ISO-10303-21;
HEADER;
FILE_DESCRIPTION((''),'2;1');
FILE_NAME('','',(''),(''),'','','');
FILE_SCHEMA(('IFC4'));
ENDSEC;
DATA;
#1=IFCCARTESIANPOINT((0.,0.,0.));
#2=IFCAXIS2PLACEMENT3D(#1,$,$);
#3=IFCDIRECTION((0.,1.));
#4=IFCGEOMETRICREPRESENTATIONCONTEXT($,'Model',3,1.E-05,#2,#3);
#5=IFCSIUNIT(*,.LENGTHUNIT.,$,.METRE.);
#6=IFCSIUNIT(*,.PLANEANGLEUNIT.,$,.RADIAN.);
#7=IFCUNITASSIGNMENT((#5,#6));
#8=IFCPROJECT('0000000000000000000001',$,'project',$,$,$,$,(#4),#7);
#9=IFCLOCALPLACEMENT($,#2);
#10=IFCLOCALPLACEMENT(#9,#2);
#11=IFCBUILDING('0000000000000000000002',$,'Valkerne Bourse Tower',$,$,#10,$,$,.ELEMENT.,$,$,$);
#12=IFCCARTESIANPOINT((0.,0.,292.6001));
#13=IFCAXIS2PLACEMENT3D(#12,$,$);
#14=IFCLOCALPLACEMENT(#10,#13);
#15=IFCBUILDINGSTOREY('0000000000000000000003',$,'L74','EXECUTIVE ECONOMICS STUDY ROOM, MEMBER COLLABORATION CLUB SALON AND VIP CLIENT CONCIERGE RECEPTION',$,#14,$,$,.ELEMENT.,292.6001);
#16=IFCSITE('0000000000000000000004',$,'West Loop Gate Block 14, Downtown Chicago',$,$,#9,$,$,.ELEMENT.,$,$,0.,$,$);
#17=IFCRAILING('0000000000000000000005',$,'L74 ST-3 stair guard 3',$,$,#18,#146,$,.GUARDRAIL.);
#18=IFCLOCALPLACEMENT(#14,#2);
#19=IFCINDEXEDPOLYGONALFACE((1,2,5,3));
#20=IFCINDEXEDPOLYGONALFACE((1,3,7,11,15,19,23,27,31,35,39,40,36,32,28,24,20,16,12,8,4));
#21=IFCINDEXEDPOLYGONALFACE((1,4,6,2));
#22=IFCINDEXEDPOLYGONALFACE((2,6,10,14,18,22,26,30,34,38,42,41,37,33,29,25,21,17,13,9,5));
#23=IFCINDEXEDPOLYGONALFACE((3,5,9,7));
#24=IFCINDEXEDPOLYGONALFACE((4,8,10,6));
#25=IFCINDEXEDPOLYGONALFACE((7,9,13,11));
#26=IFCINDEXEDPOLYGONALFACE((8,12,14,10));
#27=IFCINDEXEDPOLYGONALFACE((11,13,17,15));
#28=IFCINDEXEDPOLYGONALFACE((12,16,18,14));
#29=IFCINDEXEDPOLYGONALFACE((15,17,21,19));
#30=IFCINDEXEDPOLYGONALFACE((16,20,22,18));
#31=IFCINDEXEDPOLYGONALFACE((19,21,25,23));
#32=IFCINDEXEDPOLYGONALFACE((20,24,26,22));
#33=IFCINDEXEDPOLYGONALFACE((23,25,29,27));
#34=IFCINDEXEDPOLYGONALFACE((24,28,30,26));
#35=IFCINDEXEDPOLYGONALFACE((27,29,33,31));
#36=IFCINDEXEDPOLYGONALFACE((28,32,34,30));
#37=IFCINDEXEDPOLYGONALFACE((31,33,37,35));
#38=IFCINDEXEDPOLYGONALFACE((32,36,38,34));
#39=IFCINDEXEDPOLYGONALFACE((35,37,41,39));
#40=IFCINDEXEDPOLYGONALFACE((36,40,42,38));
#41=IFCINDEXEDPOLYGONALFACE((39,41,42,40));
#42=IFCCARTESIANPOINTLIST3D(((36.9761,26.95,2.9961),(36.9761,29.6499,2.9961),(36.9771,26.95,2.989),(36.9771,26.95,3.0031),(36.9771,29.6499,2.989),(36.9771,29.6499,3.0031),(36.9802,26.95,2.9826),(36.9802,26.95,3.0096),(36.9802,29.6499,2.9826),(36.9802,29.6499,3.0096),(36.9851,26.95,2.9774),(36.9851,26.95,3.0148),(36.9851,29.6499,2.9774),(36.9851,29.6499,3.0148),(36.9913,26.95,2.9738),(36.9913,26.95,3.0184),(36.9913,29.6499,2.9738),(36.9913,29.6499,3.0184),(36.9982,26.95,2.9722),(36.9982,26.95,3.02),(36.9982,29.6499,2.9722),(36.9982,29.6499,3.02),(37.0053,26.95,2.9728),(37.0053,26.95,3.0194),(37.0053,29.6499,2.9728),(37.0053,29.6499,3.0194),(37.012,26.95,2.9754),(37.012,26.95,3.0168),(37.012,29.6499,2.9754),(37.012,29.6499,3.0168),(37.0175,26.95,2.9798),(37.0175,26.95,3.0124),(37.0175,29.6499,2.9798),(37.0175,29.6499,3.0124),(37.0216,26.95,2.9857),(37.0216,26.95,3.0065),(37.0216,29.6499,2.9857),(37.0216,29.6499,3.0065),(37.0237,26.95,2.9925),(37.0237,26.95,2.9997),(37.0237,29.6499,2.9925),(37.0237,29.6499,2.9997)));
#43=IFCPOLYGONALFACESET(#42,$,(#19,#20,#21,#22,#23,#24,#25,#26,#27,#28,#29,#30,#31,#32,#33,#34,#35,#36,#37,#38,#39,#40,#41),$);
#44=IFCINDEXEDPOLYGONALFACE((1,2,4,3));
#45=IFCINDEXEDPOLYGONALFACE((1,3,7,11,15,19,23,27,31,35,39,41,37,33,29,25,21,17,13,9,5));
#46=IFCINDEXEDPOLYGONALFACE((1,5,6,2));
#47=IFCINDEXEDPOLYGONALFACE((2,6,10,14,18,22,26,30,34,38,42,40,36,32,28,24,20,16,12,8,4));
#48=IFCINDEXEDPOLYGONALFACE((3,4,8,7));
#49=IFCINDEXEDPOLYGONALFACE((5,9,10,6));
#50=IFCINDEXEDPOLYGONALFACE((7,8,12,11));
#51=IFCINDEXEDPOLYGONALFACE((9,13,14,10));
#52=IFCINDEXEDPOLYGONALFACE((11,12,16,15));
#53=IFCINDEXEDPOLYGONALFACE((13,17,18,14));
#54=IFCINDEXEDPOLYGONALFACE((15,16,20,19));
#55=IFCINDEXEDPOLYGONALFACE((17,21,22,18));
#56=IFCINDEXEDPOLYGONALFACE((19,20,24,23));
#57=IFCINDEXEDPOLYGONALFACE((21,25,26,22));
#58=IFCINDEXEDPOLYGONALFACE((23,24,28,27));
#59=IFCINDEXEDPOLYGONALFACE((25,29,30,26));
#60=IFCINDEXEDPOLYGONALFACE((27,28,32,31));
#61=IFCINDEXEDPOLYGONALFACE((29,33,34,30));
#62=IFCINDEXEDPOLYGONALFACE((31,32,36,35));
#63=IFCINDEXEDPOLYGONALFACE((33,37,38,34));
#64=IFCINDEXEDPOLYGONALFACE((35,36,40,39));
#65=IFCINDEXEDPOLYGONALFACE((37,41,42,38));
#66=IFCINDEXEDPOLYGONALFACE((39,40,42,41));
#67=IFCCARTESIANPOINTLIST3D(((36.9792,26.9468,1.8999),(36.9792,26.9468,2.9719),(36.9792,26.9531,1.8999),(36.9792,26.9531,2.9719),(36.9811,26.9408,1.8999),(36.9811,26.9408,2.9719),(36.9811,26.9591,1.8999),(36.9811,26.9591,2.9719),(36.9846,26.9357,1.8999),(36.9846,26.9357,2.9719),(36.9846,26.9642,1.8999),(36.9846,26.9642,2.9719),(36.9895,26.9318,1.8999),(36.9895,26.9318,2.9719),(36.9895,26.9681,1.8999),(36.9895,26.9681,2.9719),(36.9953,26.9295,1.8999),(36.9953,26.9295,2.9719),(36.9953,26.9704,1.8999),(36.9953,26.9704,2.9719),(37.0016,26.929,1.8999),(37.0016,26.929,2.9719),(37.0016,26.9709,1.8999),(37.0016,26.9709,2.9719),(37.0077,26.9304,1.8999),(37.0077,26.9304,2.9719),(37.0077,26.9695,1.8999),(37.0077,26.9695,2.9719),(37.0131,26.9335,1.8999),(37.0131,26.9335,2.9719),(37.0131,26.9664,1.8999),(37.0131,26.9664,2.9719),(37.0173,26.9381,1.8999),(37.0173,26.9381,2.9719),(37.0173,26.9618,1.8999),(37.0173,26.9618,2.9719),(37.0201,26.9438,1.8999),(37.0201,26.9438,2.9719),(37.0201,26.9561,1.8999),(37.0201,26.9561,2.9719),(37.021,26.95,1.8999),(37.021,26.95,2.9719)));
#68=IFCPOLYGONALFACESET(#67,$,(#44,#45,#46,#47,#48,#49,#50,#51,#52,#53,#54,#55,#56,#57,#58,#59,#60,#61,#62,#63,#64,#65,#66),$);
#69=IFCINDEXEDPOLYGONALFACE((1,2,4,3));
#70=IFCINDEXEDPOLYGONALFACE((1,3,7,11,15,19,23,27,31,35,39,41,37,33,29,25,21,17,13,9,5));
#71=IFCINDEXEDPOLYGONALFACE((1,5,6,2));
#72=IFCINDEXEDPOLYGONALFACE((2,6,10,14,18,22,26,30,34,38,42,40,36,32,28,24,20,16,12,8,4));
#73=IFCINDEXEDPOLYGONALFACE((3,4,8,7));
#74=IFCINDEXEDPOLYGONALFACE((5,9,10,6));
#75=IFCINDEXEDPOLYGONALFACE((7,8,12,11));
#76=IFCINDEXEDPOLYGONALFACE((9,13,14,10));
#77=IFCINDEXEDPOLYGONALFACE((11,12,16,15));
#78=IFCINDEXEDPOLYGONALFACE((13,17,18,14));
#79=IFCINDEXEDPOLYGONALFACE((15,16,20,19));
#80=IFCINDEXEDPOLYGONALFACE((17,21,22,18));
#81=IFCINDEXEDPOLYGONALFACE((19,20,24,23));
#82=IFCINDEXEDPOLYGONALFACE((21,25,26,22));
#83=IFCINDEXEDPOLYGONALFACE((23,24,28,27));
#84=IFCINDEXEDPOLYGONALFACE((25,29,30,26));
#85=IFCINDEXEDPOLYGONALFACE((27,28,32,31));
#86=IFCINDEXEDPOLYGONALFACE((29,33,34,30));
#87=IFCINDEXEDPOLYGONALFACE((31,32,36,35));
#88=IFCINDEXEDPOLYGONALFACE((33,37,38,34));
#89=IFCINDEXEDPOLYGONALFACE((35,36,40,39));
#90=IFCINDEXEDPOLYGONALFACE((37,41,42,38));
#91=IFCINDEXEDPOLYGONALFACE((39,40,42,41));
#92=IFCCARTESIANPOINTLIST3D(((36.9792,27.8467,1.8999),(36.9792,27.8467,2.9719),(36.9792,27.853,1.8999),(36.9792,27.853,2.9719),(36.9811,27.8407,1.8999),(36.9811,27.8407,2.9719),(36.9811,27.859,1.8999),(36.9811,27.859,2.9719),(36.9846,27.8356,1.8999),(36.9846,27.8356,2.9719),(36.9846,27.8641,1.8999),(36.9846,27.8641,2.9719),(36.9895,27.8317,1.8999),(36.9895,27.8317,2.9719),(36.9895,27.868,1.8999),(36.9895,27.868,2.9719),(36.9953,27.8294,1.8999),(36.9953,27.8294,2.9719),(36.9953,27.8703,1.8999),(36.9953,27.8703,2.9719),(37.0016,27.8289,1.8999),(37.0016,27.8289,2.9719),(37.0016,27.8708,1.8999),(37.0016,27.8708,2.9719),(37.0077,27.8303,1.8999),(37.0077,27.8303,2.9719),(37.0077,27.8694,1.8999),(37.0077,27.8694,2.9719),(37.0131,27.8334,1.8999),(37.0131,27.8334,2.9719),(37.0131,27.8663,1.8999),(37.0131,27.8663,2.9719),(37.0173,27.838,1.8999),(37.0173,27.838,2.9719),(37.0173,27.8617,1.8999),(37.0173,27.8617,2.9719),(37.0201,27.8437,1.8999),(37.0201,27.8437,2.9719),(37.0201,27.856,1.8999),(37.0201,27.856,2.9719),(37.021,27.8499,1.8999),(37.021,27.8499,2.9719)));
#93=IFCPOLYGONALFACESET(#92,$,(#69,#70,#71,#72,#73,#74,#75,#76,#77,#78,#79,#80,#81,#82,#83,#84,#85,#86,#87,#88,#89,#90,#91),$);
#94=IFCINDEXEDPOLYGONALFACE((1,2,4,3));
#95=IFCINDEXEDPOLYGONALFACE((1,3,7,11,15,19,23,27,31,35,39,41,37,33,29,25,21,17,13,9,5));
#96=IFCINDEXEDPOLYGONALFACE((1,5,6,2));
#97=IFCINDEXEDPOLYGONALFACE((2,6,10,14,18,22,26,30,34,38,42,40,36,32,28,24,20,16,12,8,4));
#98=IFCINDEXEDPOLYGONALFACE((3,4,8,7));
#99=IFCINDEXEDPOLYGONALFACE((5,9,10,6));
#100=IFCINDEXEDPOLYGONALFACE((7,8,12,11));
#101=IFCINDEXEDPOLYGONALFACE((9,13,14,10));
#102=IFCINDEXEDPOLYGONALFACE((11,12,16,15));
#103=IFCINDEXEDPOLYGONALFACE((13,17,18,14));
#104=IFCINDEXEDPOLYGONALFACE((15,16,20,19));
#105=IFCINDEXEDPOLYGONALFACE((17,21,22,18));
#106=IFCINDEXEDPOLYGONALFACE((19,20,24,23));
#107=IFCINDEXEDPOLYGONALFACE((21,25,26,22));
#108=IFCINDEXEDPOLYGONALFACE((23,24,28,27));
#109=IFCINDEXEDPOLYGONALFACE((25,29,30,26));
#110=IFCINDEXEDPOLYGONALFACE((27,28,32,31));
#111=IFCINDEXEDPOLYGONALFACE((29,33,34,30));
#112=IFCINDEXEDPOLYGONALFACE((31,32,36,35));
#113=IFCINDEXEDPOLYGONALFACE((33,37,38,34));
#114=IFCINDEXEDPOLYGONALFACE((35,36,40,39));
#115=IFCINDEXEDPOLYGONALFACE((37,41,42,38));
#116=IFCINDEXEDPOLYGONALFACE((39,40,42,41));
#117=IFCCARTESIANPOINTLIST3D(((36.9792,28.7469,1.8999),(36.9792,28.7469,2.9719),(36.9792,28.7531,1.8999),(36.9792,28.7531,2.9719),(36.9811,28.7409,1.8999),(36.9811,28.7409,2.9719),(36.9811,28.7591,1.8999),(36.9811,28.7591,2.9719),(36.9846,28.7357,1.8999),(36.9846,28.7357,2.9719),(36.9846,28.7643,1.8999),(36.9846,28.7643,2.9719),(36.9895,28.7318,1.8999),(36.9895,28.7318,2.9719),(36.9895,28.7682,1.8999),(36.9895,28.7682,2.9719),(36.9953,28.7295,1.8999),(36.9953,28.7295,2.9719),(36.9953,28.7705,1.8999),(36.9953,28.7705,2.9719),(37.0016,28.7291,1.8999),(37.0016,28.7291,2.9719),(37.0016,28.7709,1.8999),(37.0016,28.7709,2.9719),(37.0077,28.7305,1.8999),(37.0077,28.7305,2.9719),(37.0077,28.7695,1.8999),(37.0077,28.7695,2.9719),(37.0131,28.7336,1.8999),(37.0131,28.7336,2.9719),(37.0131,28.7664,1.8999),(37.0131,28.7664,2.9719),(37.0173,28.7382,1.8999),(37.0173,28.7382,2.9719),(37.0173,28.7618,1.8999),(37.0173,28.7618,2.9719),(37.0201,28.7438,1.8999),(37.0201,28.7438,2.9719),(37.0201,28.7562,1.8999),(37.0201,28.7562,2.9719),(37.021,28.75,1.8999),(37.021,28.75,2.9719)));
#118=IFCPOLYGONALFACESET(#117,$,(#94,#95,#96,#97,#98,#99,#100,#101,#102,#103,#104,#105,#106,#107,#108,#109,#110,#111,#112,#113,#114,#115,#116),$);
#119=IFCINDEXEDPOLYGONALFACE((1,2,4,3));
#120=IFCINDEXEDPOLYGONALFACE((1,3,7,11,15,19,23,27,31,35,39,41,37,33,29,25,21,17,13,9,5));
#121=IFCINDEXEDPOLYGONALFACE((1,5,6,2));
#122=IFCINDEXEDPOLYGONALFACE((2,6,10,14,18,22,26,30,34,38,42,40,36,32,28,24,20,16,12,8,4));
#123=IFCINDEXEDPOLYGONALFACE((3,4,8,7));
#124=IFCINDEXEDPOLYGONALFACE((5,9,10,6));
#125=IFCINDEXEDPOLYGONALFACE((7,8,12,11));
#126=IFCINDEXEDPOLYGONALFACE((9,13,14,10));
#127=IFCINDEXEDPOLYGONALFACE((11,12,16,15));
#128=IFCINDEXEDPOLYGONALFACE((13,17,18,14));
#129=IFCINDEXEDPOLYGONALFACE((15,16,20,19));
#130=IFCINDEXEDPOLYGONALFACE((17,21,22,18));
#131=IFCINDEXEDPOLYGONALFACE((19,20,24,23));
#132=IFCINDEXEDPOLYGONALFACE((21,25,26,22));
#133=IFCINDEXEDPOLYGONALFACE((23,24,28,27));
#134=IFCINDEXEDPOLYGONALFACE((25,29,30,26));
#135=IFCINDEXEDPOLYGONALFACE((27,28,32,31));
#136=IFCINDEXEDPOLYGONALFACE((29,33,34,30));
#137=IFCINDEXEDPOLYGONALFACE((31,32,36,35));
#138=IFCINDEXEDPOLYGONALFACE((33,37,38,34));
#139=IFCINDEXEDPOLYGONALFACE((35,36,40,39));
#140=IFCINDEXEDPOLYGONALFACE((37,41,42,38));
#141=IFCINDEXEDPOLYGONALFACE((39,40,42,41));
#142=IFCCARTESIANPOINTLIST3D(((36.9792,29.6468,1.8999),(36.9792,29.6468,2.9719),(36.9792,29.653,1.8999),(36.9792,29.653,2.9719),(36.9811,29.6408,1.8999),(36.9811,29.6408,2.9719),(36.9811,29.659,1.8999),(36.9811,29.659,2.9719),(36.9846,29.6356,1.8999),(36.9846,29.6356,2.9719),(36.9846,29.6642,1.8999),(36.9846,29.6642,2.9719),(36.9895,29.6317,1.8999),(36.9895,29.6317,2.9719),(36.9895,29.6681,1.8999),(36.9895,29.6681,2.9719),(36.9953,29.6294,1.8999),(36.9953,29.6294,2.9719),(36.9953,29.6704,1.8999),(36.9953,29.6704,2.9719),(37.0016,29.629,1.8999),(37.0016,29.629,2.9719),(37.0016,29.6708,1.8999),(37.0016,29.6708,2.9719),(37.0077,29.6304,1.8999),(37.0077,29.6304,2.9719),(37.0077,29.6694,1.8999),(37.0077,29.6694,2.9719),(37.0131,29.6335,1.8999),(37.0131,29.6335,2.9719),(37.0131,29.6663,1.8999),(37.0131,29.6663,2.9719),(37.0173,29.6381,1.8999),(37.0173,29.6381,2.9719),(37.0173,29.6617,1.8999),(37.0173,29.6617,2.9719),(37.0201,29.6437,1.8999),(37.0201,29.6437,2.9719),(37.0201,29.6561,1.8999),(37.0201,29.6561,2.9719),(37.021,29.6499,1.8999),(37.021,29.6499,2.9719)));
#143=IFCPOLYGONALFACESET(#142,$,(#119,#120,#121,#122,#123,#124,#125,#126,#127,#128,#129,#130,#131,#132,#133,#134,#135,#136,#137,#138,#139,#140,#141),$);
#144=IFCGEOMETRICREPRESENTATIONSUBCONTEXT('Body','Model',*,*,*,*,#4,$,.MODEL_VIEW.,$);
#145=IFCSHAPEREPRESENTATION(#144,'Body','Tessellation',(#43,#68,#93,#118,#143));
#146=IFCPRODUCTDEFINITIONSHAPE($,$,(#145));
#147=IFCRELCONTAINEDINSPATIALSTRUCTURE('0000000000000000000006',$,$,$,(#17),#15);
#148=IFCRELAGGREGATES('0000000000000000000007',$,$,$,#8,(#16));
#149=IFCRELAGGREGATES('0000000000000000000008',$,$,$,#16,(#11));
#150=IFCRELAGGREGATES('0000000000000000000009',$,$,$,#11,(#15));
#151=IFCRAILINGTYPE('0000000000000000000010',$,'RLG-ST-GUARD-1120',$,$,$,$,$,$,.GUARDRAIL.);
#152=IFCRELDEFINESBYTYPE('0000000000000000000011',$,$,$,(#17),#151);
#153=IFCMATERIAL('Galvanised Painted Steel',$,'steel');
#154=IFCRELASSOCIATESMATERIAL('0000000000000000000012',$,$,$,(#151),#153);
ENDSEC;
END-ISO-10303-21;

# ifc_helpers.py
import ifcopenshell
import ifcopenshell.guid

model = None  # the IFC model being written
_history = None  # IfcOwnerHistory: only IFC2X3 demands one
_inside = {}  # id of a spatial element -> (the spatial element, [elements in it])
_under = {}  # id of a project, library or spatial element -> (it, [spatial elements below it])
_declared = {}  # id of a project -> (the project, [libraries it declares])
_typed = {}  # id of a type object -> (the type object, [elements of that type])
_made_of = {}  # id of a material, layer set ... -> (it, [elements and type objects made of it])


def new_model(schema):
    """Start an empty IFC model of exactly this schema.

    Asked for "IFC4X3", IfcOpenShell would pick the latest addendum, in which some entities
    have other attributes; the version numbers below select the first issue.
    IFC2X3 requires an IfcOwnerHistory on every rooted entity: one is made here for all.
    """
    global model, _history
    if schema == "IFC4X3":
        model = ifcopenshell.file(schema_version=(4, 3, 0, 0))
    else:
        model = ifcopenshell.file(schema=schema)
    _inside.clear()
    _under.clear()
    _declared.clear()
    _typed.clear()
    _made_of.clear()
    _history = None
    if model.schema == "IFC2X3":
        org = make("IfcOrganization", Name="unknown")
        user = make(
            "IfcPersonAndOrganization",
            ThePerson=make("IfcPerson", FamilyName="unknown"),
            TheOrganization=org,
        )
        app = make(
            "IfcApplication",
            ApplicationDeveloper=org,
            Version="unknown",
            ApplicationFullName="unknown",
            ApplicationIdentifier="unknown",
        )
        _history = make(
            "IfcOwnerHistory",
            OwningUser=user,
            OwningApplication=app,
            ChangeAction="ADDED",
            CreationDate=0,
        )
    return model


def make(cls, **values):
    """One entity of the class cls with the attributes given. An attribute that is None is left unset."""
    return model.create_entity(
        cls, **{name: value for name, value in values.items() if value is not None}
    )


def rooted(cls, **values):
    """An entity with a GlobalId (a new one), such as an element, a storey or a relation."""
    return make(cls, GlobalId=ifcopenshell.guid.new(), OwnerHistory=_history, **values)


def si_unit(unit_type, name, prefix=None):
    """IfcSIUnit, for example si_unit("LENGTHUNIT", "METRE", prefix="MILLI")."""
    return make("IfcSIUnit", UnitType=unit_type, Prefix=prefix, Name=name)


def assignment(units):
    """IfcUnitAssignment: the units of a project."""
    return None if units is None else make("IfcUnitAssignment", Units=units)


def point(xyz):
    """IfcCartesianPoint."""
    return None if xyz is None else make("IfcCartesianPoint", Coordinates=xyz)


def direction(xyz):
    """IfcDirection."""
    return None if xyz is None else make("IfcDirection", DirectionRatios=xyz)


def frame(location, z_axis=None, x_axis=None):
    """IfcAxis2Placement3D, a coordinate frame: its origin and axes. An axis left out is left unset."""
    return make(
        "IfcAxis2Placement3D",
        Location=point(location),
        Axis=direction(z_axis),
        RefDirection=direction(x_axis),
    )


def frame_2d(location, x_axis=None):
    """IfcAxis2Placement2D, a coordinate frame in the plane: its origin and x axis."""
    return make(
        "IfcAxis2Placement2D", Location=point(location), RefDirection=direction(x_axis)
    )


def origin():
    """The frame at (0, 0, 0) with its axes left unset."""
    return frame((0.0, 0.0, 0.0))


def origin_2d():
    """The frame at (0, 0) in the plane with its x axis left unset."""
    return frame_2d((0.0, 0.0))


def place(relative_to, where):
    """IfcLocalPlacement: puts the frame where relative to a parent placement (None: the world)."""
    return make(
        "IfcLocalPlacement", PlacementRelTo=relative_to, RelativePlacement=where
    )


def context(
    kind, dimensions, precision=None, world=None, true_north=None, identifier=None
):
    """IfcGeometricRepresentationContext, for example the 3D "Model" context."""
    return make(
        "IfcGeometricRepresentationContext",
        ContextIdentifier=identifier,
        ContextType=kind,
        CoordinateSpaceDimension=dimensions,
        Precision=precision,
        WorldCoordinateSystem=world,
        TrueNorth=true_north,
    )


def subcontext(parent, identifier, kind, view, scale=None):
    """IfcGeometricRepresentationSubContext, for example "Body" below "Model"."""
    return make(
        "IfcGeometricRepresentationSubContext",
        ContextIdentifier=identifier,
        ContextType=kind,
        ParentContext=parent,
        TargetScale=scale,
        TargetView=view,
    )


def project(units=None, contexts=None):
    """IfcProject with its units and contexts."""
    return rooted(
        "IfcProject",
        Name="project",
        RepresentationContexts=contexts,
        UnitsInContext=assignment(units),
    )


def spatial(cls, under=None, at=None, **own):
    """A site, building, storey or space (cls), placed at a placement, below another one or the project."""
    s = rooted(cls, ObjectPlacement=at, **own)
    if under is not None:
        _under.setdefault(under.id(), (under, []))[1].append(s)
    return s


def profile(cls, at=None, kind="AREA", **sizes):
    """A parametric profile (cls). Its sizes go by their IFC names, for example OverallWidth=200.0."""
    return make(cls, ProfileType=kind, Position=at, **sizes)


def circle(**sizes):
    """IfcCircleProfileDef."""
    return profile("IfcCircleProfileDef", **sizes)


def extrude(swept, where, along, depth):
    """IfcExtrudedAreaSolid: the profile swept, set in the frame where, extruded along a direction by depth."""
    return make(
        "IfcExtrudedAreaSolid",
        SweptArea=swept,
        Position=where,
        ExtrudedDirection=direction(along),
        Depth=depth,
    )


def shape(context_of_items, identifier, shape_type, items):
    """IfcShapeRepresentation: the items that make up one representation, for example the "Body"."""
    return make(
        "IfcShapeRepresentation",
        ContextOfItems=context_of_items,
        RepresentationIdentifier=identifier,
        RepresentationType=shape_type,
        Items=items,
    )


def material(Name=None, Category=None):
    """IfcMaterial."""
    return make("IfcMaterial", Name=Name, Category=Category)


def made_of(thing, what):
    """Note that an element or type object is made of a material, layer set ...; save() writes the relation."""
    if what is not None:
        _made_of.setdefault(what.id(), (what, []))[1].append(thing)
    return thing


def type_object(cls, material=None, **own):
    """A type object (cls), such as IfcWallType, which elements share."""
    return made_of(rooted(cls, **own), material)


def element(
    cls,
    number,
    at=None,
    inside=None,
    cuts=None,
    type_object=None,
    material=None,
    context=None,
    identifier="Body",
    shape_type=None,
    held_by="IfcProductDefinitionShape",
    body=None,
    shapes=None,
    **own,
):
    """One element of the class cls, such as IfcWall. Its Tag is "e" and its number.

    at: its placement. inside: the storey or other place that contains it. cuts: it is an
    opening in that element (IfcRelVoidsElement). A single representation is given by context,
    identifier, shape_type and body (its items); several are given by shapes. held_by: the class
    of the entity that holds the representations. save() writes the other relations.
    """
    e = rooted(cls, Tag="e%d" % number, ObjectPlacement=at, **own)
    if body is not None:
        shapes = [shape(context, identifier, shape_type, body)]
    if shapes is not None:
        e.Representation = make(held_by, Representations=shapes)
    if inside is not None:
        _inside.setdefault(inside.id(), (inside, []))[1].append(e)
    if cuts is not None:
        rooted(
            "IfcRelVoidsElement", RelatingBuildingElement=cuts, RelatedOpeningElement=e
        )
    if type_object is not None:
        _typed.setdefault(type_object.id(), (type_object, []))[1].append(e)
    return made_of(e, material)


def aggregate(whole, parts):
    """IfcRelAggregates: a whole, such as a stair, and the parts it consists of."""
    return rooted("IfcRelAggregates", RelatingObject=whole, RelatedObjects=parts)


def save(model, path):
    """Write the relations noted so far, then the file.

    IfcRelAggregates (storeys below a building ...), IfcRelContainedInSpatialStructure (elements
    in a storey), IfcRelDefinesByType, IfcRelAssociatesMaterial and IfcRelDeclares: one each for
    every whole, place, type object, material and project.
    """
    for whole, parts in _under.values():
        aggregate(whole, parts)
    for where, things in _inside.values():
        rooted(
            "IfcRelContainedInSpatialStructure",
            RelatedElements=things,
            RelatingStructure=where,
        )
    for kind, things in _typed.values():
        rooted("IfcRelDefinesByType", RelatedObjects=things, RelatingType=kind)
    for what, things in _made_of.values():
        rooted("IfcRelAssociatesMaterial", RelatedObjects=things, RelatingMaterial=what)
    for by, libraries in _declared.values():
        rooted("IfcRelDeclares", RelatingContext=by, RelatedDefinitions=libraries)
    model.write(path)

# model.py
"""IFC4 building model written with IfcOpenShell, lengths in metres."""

from ifc_helpers import new_model, si_unit, direction, frame, origin, origin_2d, place, context, subcontext, project, spatial, circle, extrude, material, type_object, element, save


model = new_model("IFC4")

# Units and contexts
model_context = context("Model", 3, precision=1e-05, world=origin(), true_north=direction((0.0, 1.0)))
body_context = subcontext(model_context, "Body", "Model", "MODEL_VIEW")
ifc_project = project(units=[si_unit("LENGTHUNIT", "METRE"), si_unit("PLANEANGLEUNIT", "RADIAN")], contexts=[model_context])

# Site, building, storey
site_placement = place(None, origin())
site = spatial("IfcSite", under=ifc_project, at=site_placement, Name="West Loop Gate Block 14, Downtown Chicago", CompositionType="ELEMENT", RefElevation=0.0)
building_placement = place(site_placement, origin())
building = spatial("IfcBuilding", under=site, at=building_placement, Name="Valkerne Bourse Tower", CompositionType="ELEMENT")
storey_placement = place(building_placement, frame((0.0, 0.0, 292.6001)))
storey = spatial("IfcBuildingStorey", under=building, at=storey_placement, Name="L74", Description="EXECUTIVE ECONOMICS STUDY ROOM, MEMBER COLLABORATION CLUB SALON AND VIP CLIENT CONCIERGE RECEPTION", CompositionType="ELEMENT", Elevation=292.6001)

# Railing
ifc_material_1 = material(Name="Galvanised Painted Steel", Category="steel")
railing_type_1 = type_object("IfcRailingType", Name="RLG-ST-GUARD-1120", PredefinedType="GUARDRAIL", material=ifc_material_1)
for number, where, name in (
    (1, (37.0, 26.95, 1.8999), "L74 ST-3 stair guard 3"),
):
    element("IfcRailing", number, at=place(storey_placement, frame(where)), inside=storey, type_object=railing_type_1, Name=name, PredefinedType="GUARDRAIL", context=body_context, shape_type="SweptSolid", body=[
        extrude(circle(Radius=0.0239, at=origin_2d()), frame((0.0, 0.0, 1.0962), z_axis=(0.0, 1.0, 0.0), x_axis=(-1.0, 0.0, 0.0)), (0.0, 0.0, 1.0), 2.7),
        extrude(circle(Radius=0.021, at=origin_2d()), origin(), (0.0, 0.0, 1.0), 1.072),
        extrude(circle(Radius=0.021, at=origin_2d()), frame((0.0, 0.8999, 0.0)), (0.0, 0.0, 1.0), 1.072),
        extrude(circle(Radius=0.021, at=origin_2d()), frame((0.0, 1.8, 0.0)), (0.0, 0.0, 1.0), 1.072),
        extrude(circle(Radius=0.021, at=origin_2d()), frame((0.0, 2.7, 0.0)), (0.0, 0.0, 1.0), 1.072),
    ])

save(model, "model.ifc")
